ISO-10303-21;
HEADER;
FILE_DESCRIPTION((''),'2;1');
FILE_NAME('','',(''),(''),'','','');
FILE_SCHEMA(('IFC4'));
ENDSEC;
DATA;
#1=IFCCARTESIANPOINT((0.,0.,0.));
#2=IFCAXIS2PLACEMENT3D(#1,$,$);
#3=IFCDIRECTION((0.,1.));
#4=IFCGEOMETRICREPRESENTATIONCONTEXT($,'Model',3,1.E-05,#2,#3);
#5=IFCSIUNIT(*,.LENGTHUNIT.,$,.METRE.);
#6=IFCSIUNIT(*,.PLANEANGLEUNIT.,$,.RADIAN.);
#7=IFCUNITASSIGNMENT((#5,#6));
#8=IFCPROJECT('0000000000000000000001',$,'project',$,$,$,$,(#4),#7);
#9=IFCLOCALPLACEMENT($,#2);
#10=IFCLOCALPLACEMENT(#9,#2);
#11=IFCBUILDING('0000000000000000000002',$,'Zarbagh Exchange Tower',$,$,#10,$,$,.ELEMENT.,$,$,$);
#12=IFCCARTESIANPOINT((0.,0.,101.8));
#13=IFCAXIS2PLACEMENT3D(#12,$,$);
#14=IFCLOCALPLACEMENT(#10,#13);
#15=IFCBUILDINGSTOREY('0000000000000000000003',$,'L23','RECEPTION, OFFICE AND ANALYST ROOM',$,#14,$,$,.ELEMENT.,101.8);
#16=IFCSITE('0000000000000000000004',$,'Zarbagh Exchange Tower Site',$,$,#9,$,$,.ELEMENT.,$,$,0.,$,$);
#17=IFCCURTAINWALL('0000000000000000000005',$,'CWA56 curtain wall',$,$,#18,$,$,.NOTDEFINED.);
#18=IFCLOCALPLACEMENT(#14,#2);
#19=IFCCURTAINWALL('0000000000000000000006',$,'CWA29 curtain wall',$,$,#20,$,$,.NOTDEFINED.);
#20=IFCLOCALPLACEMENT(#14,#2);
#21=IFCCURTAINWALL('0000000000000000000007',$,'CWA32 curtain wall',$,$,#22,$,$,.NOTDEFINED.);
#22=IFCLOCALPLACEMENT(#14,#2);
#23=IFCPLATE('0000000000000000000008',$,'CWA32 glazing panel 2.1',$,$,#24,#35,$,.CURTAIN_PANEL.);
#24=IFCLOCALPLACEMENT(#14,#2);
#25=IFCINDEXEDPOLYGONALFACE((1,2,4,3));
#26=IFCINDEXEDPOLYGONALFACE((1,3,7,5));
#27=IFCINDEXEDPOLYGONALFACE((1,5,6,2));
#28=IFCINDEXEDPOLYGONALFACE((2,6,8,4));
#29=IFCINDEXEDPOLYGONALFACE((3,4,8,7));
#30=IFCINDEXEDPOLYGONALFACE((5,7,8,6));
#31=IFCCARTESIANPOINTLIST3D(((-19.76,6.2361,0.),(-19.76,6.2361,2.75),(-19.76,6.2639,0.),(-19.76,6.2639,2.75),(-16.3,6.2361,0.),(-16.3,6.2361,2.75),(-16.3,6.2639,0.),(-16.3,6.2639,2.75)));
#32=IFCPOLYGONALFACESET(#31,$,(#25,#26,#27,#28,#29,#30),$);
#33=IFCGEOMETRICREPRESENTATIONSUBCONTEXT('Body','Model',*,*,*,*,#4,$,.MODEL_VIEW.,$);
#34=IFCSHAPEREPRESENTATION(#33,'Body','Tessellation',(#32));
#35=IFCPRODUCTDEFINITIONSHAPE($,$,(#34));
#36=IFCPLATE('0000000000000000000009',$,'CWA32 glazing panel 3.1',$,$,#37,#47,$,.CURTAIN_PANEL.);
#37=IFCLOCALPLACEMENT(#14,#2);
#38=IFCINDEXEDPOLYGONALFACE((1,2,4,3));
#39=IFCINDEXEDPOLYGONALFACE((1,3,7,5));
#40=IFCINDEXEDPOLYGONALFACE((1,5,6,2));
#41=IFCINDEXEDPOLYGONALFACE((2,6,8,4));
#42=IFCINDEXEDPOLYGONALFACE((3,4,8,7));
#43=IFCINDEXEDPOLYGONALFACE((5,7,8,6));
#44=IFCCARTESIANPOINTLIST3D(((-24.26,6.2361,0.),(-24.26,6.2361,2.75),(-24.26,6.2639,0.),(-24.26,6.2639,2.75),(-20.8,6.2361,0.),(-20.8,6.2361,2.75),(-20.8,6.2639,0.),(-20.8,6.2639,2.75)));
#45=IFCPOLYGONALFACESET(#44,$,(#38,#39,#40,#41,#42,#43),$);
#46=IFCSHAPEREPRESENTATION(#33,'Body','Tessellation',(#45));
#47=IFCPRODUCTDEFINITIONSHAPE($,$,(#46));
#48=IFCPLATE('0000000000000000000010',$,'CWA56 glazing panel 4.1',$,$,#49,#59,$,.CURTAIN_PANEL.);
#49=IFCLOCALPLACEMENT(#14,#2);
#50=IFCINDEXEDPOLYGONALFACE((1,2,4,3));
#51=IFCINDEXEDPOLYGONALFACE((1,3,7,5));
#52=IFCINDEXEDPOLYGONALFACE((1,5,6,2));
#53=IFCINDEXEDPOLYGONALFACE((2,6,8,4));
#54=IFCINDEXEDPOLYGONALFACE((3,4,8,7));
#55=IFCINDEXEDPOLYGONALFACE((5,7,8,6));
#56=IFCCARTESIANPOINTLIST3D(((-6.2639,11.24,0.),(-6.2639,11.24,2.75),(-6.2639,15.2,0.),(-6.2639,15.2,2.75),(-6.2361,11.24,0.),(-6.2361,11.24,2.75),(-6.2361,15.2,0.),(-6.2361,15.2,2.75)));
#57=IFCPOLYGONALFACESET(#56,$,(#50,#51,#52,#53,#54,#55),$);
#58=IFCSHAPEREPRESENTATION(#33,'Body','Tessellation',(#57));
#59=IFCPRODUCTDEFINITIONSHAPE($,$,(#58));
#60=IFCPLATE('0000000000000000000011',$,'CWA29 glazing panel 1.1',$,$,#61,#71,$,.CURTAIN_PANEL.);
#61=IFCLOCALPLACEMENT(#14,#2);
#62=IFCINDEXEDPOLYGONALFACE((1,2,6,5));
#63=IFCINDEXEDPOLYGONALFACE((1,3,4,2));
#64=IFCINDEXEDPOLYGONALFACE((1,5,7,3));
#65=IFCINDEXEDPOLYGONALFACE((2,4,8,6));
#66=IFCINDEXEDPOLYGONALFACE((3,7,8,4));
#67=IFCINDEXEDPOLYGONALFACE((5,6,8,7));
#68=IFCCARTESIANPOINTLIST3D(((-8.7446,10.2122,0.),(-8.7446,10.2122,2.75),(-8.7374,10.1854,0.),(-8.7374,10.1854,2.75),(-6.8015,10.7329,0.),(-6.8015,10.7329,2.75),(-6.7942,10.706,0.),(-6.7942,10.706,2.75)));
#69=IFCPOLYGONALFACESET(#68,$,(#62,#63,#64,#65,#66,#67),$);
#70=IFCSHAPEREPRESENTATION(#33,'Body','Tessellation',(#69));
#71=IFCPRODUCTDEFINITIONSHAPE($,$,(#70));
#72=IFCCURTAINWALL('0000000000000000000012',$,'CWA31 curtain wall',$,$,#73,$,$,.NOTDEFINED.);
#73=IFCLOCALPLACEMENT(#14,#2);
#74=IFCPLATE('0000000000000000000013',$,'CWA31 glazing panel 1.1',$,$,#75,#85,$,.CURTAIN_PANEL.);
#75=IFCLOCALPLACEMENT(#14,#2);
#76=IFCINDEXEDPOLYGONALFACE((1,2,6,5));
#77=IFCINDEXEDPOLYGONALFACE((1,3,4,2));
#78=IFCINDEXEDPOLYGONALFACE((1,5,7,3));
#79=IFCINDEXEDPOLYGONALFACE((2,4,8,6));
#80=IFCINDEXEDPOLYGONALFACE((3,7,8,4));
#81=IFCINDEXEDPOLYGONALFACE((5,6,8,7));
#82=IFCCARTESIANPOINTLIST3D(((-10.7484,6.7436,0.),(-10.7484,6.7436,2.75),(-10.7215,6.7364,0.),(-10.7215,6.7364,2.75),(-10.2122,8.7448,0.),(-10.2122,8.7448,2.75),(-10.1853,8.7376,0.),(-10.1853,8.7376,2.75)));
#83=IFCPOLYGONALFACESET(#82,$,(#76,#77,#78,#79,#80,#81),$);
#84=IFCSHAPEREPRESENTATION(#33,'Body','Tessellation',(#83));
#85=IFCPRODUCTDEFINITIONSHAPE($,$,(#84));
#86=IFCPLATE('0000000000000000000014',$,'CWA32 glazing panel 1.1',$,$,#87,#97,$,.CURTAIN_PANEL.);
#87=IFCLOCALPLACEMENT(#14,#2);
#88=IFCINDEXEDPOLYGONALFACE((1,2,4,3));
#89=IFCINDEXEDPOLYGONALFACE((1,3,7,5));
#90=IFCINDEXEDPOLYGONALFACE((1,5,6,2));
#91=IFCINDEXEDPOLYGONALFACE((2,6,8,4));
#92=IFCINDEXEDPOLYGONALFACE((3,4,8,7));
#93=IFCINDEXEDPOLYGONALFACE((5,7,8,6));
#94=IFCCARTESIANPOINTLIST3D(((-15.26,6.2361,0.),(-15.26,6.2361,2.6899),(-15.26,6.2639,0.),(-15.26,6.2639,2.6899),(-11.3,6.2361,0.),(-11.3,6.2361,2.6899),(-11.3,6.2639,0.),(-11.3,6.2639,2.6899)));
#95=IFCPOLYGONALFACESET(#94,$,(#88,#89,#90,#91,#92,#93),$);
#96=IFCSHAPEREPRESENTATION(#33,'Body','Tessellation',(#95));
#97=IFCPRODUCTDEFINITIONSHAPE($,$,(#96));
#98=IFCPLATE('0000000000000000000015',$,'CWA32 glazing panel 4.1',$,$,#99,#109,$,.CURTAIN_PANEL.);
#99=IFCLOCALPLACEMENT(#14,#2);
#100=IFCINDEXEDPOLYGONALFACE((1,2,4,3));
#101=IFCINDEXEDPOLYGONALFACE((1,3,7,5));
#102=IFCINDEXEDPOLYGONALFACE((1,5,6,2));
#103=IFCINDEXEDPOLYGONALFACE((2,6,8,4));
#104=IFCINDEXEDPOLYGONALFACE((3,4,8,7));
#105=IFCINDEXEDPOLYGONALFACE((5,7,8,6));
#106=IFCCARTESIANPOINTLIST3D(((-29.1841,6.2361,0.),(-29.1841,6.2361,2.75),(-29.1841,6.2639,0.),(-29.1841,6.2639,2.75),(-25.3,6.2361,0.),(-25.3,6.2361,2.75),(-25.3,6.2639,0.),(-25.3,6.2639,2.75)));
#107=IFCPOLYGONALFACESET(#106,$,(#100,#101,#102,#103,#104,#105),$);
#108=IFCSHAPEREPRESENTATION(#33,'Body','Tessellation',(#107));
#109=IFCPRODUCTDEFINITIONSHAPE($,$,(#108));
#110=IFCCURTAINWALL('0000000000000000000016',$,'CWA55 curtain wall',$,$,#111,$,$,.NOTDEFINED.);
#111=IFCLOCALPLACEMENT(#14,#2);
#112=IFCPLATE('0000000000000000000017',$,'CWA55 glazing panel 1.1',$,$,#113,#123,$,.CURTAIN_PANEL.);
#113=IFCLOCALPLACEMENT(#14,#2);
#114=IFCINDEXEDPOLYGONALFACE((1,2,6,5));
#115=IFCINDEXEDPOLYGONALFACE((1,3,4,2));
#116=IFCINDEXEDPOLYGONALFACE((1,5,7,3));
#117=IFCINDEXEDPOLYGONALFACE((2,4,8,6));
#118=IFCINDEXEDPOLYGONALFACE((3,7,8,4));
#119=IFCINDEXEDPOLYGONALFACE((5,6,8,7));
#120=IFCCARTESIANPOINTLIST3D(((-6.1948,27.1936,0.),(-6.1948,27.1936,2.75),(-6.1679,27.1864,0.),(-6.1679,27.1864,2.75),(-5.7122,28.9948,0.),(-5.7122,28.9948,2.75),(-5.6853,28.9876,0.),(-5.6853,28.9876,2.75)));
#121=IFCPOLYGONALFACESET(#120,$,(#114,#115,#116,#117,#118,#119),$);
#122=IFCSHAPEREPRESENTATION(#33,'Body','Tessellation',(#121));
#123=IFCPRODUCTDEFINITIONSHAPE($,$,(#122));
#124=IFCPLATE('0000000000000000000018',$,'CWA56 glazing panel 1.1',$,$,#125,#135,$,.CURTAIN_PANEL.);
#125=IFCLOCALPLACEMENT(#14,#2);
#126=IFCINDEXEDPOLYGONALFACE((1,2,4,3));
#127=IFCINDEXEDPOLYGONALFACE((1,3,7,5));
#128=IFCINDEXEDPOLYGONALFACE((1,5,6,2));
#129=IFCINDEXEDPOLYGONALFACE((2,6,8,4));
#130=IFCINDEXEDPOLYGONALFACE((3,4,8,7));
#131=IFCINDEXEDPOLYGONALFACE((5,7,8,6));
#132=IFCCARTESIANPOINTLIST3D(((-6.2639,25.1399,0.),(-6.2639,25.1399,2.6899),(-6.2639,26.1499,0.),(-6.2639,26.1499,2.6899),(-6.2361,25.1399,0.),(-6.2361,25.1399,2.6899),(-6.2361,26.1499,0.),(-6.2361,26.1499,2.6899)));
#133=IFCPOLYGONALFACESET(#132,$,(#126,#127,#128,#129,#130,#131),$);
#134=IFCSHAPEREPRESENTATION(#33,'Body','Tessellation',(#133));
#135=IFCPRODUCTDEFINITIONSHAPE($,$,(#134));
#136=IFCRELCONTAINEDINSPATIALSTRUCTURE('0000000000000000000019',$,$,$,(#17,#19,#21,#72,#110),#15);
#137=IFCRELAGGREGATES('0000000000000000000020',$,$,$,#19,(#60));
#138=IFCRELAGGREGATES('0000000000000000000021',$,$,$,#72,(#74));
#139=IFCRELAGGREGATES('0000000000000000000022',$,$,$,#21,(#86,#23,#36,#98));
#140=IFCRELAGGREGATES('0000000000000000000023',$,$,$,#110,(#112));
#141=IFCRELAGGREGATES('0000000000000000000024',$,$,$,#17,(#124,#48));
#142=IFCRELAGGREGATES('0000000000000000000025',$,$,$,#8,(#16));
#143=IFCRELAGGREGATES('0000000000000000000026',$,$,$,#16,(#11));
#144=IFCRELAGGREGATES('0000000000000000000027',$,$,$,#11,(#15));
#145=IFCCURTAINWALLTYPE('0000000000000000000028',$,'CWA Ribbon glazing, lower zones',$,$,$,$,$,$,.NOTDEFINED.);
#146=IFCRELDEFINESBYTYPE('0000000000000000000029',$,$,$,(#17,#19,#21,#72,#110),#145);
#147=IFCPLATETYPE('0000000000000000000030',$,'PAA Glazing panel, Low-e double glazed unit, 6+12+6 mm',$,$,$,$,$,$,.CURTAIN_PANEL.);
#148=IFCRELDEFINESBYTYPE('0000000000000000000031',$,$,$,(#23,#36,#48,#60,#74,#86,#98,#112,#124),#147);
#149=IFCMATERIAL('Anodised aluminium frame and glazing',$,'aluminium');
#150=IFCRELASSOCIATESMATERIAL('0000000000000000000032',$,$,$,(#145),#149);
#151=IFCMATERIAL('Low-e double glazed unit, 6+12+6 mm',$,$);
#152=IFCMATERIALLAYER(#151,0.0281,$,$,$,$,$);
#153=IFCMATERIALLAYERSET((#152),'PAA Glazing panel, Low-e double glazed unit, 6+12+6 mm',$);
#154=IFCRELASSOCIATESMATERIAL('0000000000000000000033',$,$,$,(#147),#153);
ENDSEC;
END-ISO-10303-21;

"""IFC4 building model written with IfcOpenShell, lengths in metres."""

from ifc_helpers import new_model, si_unit, direction, frame, origin, place, context, subcontext, project, spatial, polyline, outline, extrude, source, transform, mapped, material, layer, layer_set, type_object, element, aggregate, save


model = new_model("IFC4")

# Units and contexts
model_context = context("Model", 3, precision=1e-05, world=origin(), true_north=direction((0.0, 1.0)))
body_context = subcontext(model_context, "Body", "Model", "MODEL_VIEW")
ifc_project = project(units=[si_unit("LENGTHUNIT", "METRE"), si_unit("PLANEANGLEUNIT", "RADIAN")], contexts=[model_context])

# Site, building, storey
site_placement = place(None, origin())
site = spatial("IfcSite", under=ifc_project, at=site_placement, Name="Zarbagh Exchange Tower Site", CompositionType="ELEMENT", RefElevation=0.0)
building_placement = place(site_placement, origin())
building = spatial("IfcBuilding", under=site, at=building_placement, Name="Zarbagh Exchange Tower", CompositionType="ELEMENT")
storey_placement = place(building_placement, frame((0.0, 0.0, 101.8)))
storey = spatial("IfcBuildingStorey", under=building, at=storey_placement, Name="L23", Description="RECEPTION, OFFICE AND ANALYST ROOM", CompositionType="ELEMENT", Elevation=101.8)

# Curtain wall
ifc_material_1 = material(Name="Anodised aluminium frame and glazing", Category="aluminium")
curtain_wall_type = type_object("IfcCurtainWallType", Name="CWA Ribbon glazing, lower zones", PredefinedType="NOTDEFINED", material=ifc_material_1)
curtain_wall_1_placement = place(storey_placement, origin())
curtain_wall_1 = element("IfcCurtainWall", 1, at=curtain_wall_1_placement, inside=storey, type_object=curtain_wall_type, Name="CWA56 curtain wall", PredefinedType="NOTDEFINED")
placement = place(storey_placement, origin())

# Curtain wall
curtain_wall_2_placement = place(storey_placement, origin())
curtain_wall_2 = element("IfcCurtainWall", 2, at=curtain_wall_2_placement, inside=storey, type_object=curtain_wall_type, Name="CWA29 curtain wall", PredefinedType="NOTDEFINED")

# Curtain wall
curtain_wall_3_placement = place(storey_placement, origin())
curtain_wall_3 = element("IfcCurtainWall", 3, at=curtain_wall_3_placement, inside=storey, type_object=curtain_wall_type, Name="CWA32 curtain wall", PredefinedType="NOTDEFINED")

# Shared definitions
ifc_material_2 = material(Name="Low-e double glazed unit, 6+12+6 mm")
ifc_layer = layer(ifc_material_2, 0.0281)
ifc_layer_set = layer_set([ifc_layer], Name="PAA Glazing panel, Low-e double glazed unit, 6+12+6 mm")
plate_type = type_object("IfcPlateType", Name="PAA Glazing panel, Low-e double glazed unit, 6+12+6 mm", PredefinedType="CURTAIN_PANEL", material=ifc_layer_set)

# Plates
shared_shape_1 = source(origin(), body_context, "Body", "SweptSolid", [
    extrude(outline(polyline([(0.0, -0.0139), (3.46, -0.0139), (3.46, 0.0139), (0.0, 0.0139), (0.0, -0.0139)])), origin(), (0.0, 0.0, 1.0), 2.75),
])
plate_1 = element("IfcPlate", 4, at=placement, type_object=plate_type, Name="CWA32 glazing panel 2.1", PredefinedType="CURTAIN_PANEL", context=body_context, shape_type="MappedRepresentation", body=[
    mapped(shared_shape_1, transform((-16.3, 6.25, 0.0), x_axis=(-1.0, 0.0, 0.0), y_axis=(0.0, -1.0, 0.0), z_axis=(0.0, 0.0, 1.0))),
])
plate_2 = element("IfcPlate", 5, at=placement, type_object=plate_type, Name="CWA32 glazing panel 3.1", PredefinedType="CURTAIN_PANEL", context=body_context, shape_type="MappedRepresentation", body=[
    mapped(shared_shape_1, transform((-20.8, 6.25, 0.0), x_axis=(-1.0, 0.0, 0.0), y_axis=(0.0, -1.0, 0.0), z_axis=(0.0, 0.0, 1.0))),
])
shared_shape_2 = source(origin(), body_context, "Body", "SweptSolid", [
    extrude(outline(polyline([(0.0, -0.0139), (3.96, -0.0139), (3.96, 0.0139), (0.0, 0.0139), (0.0, -0.0139)])), origin(), (0.0, 0.0, 1.0), 2.75),
])
plate_3 = element("IfcPlate", 6, at=placement, type_object=plate_type, Name="CWA56 glazing panel 4.1", PredefinedType="CURTAIN_PANEL", context=body_context, shape_type="MappedRepresentation", body=[
    mapped(shared_shape_2, transform((-6.25, 15.2, 0.0), x_axis=(0.0, -1.0, 0.0), y_axis=(1.0, 0.0, 0.0), z_axis=(0.0, 0.0, 1.0))),
])
shared_shape_3 = source(origin(), body_context, "Body", "SweptSolid", [
    extrude(outline(polyline([(0.0, -0.0139), (2.0117, -0.0139), (2.0117, 0.0139), (0.0, 0.0139), (0.0, -0.0139)])), origin(), (0.0, 0.0, 1.0), 2.75),
])
plate_4 = element("IfcPlate", 7, at=placement, type_object=plate_type, Name="CWA29 glazing panel 1.1", PredefinedType="CURTAIN_PANEL", context=body_context, shape_type="MappedRepresentation", body=[
    mapped(shared_shape_3, transform((-6.7979, 10.7195, 0.0), x_axis=(-0.965924, -0.258825, 0.0), y_axis=(0.258825, -0.965924, 0.0), z_axis=(0.0, 0.0, 1.0))),
])
aggregate(curtain_wall_2, [plate_4])

# Curtain wall, plate
curtain_wall_4_placement = place(storey_placement, origin())
curtain_wall_4 = element("IfcCurtainWall", 8, at=curtain_wall_4_placement, inside=storey, type_object=curtain_wall_type, Name="CWA31 curtain wall", PredefinedType="NOTDEFINED")
shared_shape_4 = source(origin(), body_context, "Body", "SweptSolid", [
    extrude(outline(polyline([(0.0, -0.0139), (2.0718, -0.0139), (2.0718, 0.0139), (0.0, 0.0139), (0.0, -0.0139)])), origin(), (0.0, 0.0, 1.0), 2.75),
])
plate_5 = element("IfcPlate", 9, at=placement, type_object=plate_type, Name="CWA31 glazing panel 1.1", PredefinedType="CURTAIN_PANEL", context=body_context, shape_type="MappedRepresentation", body=[
    mapped(shared_shape_4, transform((-10.1987, 8.7412, 0.0), x_axis=(-0.258825, -0.965924, 0.0), y_axis=(0.965924, -0.258825, 0.0), z_axis=(0.0, 0.0, 1.0))),
])
aggregate(curtain_wall_4, [plate_5])

# Plates
shared_shape_5 = source(origin(), body_context, "Body", "SweptSolid", [
    extrude(outline(polyline([(0.0, -0.0139), (3.96, -0.0139), (3.96, 0.0139), (0.0, 0.0139), (0.0, -0.0139)])), origin(), (0.0, 0.0, 1.0), 2.6899),
])
plate_6 = element("IfcPlate", 10, at=placement, type_object=plate_type, Name="CWA32 glazing panel 1.1", PredefinedType="CURTAIN_PANEL", context=body_context, shape_type="MappedRepresentation", body=[
    mapped(shared_shape_5, transform((-11.3, 6.25, 0.0), x_axis=(-1.0, 0.0, 0.0), y_axis=(0.0, -1.0, 0.0), z_axis=(0.0, 0.0, 1.0))),
])
shared_shape_6 = source(origin(), body_context, "Body", "SweptSolid", [
    extrude(outline(polyline([(0.0, -0.0139), (3.884, -0.0139), (3.884, 0.0139), (0.0, 0.0139), (0.0, -0.0139)])), origin(), (0.0, 0.0, 1.0), 2.75),
])
plate_7 = element("IfcPlate", 11, at=placement, type_object=plate_type, Name="CWA32 glazing panel 4.1", PredefinedType="CURTAIN_PANEL", context=body_context, shape_type="MappedRepresentation", body=[
    mapped(shared_shape_6, transform((-25.3, 6.25, 0.0), x_axis=(-1.0, 0.0, 0.0), y_axis=(0.0, -1.0, 0.0), z_axis=(0.0, 0.0, 1.0))),
])
aggregate(curtain_wall_3, [plate_6, plate_1, plate_2, plate_7])

# Curtain wall, plate
curtain_wall_5_placement = place(storey_placement, origin())
curtain_wall_5 = element("IfcCurtainWall", 12, at=curtain_wall_5_placement, inside=storey, type_object=curtain_wall_type, Name="CWA55 curtain wall", PredefinedType="NOTDEFINED")
shared_shape_7 = source(origin(), body_context, "Body", "SweptSolid", [
    extrude(outline(polyline([(0.0, -0.0139), (1.8647, -0.0139), (1.8647, 0.0139), (0.0, 0.0139), (0.0, -0.0139)])), origin(), (0.0, 0.0, 1.0), 2.75),
])
plate_8 = element("IfcPlate", 13, at=placement, type_object=plate_type, Name="CWA55 glazing panel 1.1", PredefinedType="CURTAIN_PANEL", context=body_context, shape_type="MappedRepresentation", body=[
    mapped(shared_shape_7, transform((-5.6987, 28.9912, 0.0), x_axis=(-0.258825, -0.965924, 0.0), y_axis=(0.965924, -0.258825, 0.0), z_axis=(0.0, 0.0, 1.0))),
])
aggregate(curtain_wall_5, [plate_8])

# Plate
shared_shape_8 = source(origin(), body_context, "Body", "SweptSolid", [
    extrude(outline(polyline([(0.0, -0.0139), (1.01, -0.0139), (1.01, 0.0139), (0.0, 0.0139), (0.0, -0.0139)])), origin(), (0.0, 0.0, 1.0), 2.6899),
])
plate_9 = element("IfcPlate", 14, at=placement, type_object=plate_type, Name="CWA56 glazing panel 1.1", PredefinedType="CURTAIN_PANEL", context=body_context, shape_type="MappedRepresentation", body=[
    mapped(shared_shape_8, transform((-6.25, 26.1499, 0.0), x_axis=(0.0, -1.0, 0.0), y_axis=(1.0, 0.0, 0.0), z_axis=(0.0, 0.0, 1.0))),
])
aggregate(curtain_wall_1, [plate_9, plate_3])

save(model, "model.ifc")
